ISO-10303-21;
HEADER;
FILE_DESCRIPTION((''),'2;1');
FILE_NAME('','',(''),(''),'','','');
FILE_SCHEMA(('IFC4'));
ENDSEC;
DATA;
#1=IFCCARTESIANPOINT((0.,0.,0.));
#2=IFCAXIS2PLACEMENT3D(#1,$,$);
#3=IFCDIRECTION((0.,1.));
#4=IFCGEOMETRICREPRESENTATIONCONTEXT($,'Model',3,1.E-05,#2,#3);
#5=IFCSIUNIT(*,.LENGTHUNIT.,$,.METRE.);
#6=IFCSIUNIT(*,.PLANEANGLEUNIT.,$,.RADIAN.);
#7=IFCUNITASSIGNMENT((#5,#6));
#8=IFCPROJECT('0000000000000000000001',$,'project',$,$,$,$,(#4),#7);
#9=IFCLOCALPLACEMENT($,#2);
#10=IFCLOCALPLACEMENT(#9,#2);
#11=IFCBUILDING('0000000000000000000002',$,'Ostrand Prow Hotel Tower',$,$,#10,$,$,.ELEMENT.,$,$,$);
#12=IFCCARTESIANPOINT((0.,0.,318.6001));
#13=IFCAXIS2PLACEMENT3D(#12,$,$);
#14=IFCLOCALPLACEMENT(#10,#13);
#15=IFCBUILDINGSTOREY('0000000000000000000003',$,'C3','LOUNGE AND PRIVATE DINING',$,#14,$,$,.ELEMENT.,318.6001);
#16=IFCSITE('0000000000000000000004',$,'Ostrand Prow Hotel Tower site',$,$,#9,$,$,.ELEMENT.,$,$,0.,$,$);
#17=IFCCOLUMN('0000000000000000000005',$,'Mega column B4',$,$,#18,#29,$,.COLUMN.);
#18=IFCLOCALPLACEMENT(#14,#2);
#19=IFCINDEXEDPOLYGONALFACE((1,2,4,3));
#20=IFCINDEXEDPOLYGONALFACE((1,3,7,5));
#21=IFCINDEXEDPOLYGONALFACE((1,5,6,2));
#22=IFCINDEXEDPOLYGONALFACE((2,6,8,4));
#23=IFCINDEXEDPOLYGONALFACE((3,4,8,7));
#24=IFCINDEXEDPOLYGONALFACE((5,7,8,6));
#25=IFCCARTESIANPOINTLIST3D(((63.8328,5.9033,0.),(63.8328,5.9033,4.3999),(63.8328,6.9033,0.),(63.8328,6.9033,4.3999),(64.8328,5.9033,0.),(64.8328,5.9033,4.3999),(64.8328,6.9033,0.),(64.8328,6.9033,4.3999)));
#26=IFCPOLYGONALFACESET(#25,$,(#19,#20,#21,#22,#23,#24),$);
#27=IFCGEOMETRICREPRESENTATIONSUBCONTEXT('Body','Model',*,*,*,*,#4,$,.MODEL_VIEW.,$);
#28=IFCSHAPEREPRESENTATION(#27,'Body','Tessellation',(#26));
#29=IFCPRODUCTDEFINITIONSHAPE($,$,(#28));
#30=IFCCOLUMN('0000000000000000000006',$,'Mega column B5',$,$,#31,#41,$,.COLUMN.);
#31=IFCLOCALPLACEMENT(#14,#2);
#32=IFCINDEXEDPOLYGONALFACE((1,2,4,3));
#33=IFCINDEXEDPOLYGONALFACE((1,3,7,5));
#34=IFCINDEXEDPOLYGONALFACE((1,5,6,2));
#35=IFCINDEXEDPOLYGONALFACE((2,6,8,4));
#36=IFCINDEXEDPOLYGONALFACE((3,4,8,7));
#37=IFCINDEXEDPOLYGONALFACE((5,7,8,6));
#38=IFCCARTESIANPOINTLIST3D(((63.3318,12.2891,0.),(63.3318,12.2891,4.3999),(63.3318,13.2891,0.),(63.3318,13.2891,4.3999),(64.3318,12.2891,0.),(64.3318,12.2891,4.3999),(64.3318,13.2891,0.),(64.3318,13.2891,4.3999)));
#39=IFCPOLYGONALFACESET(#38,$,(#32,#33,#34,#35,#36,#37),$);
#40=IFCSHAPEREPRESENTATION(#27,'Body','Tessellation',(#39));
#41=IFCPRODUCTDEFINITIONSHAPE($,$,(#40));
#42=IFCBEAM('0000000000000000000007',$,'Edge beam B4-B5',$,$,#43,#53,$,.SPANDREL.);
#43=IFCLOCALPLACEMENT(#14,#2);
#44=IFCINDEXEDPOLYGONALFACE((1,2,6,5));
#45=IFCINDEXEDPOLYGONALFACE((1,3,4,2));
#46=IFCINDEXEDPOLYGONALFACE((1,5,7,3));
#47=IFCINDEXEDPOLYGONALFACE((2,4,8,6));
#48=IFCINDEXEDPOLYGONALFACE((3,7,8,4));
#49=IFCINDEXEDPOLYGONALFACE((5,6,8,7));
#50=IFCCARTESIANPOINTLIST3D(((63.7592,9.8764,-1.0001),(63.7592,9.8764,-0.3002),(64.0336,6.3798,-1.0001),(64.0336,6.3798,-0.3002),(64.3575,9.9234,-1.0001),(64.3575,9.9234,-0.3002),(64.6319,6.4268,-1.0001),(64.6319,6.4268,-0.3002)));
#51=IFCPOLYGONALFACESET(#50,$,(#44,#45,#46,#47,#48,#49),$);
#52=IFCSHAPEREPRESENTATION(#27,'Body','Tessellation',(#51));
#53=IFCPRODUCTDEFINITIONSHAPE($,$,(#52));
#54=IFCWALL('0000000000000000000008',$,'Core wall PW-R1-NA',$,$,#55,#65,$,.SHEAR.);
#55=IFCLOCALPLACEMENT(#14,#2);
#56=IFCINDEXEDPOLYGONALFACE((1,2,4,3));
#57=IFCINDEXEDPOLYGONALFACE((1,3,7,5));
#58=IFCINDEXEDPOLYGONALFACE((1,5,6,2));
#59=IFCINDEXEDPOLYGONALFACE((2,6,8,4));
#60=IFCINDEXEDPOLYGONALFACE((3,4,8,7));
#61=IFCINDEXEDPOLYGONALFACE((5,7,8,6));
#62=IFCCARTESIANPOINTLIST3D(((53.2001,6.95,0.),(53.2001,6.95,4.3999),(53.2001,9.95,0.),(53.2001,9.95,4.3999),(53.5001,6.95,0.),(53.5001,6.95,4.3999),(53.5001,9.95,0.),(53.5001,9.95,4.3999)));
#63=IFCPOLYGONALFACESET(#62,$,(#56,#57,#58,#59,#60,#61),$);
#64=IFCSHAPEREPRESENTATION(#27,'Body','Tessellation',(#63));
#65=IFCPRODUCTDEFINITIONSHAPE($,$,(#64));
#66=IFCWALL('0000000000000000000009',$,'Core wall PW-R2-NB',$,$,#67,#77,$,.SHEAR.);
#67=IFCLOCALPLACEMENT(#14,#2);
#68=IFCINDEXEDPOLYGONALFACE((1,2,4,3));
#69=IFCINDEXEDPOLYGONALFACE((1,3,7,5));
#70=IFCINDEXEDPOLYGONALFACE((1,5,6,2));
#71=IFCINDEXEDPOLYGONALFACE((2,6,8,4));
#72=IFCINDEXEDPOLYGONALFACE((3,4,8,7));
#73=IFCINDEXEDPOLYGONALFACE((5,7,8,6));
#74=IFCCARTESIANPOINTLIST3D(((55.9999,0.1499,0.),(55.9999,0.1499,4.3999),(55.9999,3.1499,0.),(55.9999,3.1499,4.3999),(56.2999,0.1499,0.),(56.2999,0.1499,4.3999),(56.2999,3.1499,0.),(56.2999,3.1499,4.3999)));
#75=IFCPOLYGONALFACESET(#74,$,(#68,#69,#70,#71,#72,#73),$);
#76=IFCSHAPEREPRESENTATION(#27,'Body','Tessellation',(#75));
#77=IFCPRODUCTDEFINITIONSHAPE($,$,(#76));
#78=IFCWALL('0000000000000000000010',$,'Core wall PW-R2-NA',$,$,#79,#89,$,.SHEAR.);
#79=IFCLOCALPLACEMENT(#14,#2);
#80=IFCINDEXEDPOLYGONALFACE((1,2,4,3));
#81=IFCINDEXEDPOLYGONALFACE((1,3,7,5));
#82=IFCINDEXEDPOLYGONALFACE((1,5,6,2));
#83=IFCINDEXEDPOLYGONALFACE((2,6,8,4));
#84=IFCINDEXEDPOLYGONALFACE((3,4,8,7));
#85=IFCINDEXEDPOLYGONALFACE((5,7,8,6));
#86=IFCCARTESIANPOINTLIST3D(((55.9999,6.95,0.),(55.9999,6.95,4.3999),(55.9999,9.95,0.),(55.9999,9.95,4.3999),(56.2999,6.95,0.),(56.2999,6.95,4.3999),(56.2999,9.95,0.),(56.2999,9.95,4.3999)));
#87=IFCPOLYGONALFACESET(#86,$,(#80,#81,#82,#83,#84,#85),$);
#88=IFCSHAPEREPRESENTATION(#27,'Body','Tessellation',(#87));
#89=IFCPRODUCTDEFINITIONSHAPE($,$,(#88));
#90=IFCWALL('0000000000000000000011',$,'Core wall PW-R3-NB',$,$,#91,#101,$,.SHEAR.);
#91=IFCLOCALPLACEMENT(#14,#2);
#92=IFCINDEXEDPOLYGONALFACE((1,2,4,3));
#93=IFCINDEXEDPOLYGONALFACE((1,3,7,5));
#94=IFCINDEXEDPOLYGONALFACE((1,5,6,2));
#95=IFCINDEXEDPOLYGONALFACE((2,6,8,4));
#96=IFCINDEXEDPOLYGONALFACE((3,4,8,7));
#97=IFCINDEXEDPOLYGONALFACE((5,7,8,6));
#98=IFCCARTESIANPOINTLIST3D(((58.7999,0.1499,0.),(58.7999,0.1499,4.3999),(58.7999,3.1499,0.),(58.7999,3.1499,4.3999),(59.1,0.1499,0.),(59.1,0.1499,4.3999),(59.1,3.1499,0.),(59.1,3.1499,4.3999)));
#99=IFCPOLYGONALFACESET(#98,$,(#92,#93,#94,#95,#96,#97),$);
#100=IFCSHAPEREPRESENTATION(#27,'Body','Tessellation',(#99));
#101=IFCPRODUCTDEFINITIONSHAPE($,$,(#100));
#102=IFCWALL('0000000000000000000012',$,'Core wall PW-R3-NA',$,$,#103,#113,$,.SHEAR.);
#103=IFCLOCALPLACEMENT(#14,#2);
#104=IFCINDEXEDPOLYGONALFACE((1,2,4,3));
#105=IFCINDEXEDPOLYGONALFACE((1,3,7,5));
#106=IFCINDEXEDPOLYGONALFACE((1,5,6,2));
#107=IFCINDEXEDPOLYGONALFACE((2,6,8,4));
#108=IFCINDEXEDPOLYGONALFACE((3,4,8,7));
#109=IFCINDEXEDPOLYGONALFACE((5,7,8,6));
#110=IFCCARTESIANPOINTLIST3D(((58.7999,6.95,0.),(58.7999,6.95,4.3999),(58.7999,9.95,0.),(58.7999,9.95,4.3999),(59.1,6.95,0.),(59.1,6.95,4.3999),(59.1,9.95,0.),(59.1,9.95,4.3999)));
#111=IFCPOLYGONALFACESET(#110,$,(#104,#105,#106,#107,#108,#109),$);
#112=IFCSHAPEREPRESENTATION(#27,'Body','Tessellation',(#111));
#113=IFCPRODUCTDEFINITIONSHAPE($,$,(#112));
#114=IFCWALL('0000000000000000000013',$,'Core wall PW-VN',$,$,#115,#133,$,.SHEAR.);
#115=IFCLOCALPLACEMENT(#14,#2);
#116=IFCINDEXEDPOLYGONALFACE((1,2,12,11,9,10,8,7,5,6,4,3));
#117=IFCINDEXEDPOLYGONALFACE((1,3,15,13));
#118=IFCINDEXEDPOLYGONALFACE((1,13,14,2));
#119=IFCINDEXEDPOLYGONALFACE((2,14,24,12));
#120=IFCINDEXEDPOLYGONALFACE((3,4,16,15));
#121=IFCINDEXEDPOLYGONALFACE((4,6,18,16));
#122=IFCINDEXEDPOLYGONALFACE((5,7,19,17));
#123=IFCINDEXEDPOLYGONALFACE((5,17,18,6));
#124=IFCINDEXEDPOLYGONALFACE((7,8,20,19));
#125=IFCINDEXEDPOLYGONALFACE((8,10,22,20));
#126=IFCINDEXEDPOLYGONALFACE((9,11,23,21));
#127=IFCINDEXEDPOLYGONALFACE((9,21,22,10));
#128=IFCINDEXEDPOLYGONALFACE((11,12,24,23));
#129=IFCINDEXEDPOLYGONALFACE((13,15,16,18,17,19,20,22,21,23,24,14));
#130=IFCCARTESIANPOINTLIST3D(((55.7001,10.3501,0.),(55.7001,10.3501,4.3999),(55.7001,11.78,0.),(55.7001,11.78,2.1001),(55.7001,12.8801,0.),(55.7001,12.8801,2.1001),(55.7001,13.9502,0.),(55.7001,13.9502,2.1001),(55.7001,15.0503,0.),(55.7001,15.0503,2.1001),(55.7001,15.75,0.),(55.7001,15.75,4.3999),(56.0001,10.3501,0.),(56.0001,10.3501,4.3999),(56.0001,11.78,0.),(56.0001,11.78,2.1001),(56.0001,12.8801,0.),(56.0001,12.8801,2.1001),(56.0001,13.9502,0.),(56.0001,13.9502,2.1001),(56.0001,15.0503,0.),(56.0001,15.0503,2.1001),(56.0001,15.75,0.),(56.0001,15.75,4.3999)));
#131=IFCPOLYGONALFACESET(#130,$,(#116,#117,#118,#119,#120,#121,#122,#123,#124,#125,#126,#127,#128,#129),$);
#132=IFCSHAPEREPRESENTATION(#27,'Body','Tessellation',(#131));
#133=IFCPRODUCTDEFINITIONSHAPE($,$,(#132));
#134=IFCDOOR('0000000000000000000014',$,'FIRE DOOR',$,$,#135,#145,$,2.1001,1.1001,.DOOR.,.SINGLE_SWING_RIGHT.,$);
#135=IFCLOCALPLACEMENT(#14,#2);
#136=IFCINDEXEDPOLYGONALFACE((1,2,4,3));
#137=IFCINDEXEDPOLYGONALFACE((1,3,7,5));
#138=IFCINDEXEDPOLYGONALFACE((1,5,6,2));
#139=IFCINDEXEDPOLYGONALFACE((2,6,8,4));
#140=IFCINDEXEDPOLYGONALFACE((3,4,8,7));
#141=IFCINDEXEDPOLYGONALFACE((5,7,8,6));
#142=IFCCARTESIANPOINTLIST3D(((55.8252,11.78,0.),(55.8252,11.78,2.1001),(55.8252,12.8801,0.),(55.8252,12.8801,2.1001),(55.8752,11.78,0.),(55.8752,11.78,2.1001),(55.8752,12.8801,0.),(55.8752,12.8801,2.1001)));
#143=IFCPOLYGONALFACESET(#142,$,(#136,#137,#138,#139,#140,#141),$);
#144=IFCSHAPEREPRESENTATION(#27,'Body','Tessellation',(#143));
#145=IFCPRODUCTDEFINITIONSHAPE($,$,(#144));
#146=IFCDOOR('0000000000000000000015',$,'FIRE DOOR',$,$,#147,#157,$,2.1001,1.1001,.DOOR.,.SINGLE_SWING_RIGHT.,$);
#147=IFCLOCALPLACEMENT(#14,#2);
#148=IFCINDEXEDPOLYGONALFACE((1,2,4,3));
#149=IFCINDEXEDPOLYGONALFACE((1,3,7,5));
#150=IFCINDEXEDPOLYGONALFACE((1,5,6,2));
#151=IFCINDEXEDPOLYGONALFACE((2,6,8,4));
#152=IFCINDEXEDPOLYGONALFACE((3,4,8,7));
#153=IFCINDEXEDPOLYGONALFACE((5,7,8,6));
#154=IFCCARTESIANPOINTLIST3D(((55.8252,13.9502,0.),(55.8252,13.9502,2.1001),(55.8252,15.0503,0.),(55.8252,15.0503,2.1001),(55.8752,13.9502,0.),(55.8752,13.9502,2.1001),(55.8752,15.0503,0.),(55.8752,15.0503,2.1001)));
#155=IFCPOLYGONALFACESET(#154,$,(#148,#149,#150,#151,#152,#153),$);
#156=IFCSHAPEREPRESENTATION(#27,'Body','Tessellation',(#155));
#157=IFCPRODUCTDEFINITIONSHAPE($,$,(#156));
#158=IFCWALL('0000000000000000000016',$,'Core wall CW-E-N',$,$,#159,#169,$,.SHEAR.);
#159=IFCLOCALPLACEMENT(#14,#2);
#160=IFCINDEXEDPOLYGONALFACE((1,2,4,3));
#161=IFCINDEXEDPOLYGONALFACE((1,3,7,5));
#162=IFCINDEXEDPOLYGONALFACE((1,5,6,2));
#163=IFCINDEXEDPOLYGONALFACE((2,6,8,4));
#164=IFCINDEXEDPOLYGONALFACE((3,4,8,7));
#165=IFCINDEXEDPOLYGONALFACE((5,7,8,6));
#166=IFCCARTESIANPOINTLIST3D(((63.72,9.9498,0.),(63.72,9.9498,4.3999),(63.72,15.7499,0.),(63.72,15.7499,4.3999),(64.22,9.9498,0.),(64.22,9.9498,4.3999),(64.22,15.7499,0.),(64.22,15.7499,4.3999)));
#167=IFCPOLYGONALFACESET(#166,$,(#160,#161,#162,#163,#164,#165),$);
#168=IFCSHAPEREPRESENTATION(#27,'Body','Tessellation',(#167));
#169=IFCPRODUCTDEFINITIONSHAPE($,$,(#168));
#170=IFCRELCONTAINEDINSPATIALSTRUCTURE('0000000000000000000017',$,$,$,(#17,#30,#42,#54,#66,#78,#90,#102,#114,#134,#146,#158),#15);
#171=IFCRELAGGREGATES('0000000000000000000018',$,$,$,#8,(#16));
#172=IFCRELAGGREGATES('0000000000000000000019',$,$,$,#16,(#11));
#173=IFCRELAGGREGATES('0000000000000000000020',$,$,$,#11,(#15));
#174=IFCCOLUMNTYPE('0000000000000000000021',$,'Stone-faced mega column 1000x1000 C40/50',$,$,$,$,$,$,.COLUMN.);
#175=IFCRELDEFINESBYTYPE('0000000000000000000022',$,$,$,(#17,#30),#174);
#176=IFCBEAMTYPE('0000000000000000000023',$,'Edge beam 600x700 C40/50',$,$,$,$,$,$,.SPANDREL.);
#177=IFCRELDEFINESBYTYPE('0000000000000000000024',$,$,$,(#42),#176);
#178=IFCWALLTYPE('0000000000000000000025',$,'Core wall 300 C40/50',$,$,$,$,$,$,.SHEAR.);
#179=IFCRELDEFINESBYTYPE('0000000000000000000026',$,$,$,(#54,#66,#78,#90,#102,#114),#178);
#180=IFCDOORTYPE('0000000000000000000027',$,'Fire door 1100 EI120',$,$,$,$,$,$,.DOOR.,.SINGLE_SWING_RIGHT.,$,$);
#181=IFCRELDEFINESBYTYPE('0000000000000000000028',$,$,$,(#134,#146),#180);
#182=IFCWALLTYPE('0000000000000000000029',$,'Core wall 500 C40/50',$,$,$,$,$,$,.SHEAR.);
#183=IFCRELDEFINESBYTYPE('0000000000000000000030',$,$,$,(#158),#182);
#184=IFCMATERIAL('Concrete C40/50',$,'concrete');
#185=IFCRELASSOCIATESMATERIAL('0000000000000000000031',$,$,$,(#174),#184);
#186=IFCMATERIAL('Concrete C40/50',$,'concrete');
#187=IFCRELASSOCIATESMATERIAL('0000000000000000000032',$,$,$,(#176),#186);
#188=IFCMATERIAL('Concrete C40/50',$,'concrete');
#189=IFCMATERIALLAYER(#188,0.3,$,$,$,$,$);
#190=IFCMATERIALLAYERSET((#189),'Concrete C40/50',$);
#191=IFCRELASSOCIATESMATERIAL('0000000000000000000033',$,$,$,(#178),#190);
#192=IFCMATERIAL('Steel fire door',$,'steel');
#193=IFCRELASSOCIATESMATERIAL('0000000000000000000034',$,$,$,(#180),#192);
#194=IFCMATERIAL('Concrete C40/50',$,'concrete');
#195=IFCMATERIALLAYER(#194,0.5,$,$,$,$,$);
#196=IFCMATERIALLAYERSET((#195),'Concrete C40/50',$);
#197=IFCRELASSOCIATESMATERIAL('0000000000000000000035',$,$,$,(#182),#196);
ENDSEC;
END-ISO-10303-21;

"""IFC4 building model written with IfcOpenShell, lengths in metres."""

from ifc_helpers import new_model, si_unit, direction, frame, frame_2d, origin, origin_2d, place, context, subcontext, project, spatial, rectangle, extrude, material, layer, layer_set, material_profile, profile_set, type_object, element, fill, save


model = new_model("IFC4")

# Units and contexts
model_context = context("Model", 3, precision=1e-05, world=origin(), true_north=direction((0.0, 1.0)))
body_context = subcontext(model_context, "Body", "Model", "MODEL_VIEW")
ifc_project = project(units=[si_unit("LENGTHUNIT", "METRE"), si_unit("PLANEANGLEUNIT", "RADIAN")], contexts=[model_context])

# Site, building, storey
site_placement = place(None, origin())
site = spatial("IfcSite", under=ifc_project, at=site_placement, Name="Ostrand Prow Hotel Tower site", CompositionType="ELEMENT", RefElevation=0.0)
building_placement = place(site_placement, origin())
building = spatial("IfcBuilding", under=site, at=building_placement, Name="Ostrand Prow Hotel Tower", CompositionType="ELEMENT")
storey_placement = place(building_placement, frame((0.0, 0.0, 318.6001)))
storey = spatial("IfcBuildingStorey", under=building, at=storey_placement, Name="C3", Description="LOUNGE AND PRIVATE DINING", CompositionType="ELEMENT", Elevation=318.6001)

# Columns
ifc_material_1 = material(Name="Concrete C40/50", Category="concrete")
ifc_material_profile_1 = material_profile(ifc_material_1, rectangle(XDim=1.0, YDim=1.0, at=origin_2d()), Name="RC 1000x1000")
ifc_profile_set_1 = profile_set([ifc_material_profile_1], Name="Concrete C40/50")
column_type = type_object("IfcColumnType", Name="Stone-faced mega column 1000x1000 C40/50", PredefinedType="COLUMN", material=ifc_profile_set_1)
for number, where, z_axis, x_axis, name in (
    (1, (64.3328, 6.4033, 0.0), (0.0, 0.0, 1.0), (1.0, 0.0, 0.0), "Mega column B4"),
    (2, (63.8318, 12.7891, 0.0), (0.0, 0.0, 1.0), (1.0, 0.0, 0.0), "Mega column B5"),
):
    element("IfcColumn", number, at=place(storey_placement, frame(where, z_axis=z_axis, x_axis=x_axis)), inside=storey, type_object=column_type, Name=name, PredefinedType="COLUMN", context=body_context, shape_type="SweptSolid", body=[
        extrude(rectangle(XDim=1.0, YDim=1.0, at=origin_2d()), origin(), (0.0, 0.0, 1.0), 4.3999),
    ])

# Beam
ifc_material_2 = material(Name="Concrete C40/50", Category="concrete")
ifc_material_profile_2 = material_profile(ifc_material_2, rectangle(XDim=0.6001, YDim=0.7, at=origin_2d()), Name="RC 600x700")
ifc_profile_set_2 = profile_set([ifc_material_profile_2], Name="Concrete C40/50")
beam_type = type_object("IfcBeamType", Name="Edge beam 600x700 C40/50", PredefinedType="SPANDREL", material=ifc_profile_set_2)
beam_placement = place(storey_placement, frame((64.3328, 6.4033, -0.6501), z_axis=(-0.07824, 0.996935, 0.0), x_axis=(-0.996935, -0.07824, 0.0)))
element("IfcBeam", 3, at=beam_placement, inside=storey, type_object=beam_type, Name="Edge beam B4-B5", PredefinedType="SPANDREL", context=body_context, shape_type="SweptSolid", body=[
    extrude(rectangle(XDim=0.6001, YDim=0.7, at=origin_2d()), origin(), (0.0, 0.0, 1.0), 3.5073),
])

# Walls
ifc_material_3 = material(Name="Concrete C40/50", Category="concrete")
ifc_layer_1 = layer(ifc_material_3, 0.3)
ifc_layer_set_1 = layer_set([ifc_layer_1], Name="Concrete C40/50")
wall_type_1 = type_object("IfcWallType", Name="Core wall 300 C40/50", PredefinedType="SHEAR", material=ifc_layer_set_1)
for number, where, z_axis, x_axis, name in (
    (4, (53.3501, 6.95, 0.0), (0.0, 0.0, 1.0), (0.0, 1.0, 0.0), "Core wall PW-R1-NA"),
    (5, (56.1499, 0.1499, 0.0), (0.0, 0.0, 1.0), (0.0, 1.0, 0.0), "Core wall PW-R2-NB"),
    (6, (56.1499, 6.95, 0.0), (0.0, 0.0, 1.0), (0.0, 1.0, 0.0), "Core wall PW-R2-NA"),
    (7, (58.95, 0.1499, 0.0), (0.0, 0.0, 1.0), (0.0, 1.0, 0.0), "Core wall PW-R3-NB"),
    (8, (58.95, 6.95, 0.0), (0.0, 0.0, 1.0), (0.0, 1.0, 0.0), "Core wall PW-R3-NA"),
):
    element("IfcWall", number, at=place(storey_placement, frame(where, z_axis=z_axis, x_axis=x_axis)), inside=storey, type_object=wall_type_1, Name=name, PredefinedType="SHEAR", context=body_context, shape_type="SweptSolid", body=[
        extrude(rectangle(XDim=3.0, YDim=0.3, at=frame_2d((1.5, 0.0))), origin(), (0.0, 0.0, 1.0), 4.3999),
    ])

# Wall, openings, doors
wall_1_placement = place(storey_placement, frame((55.8501, 10.3501, 0.0), z_axis=(0.0, 0.0, 1.0), x_axis=(0.0, 1.0, 0.0)))
wall_1 = element("IfcWall", 9, at=wall_1_placement, inside=storey, type_object=wall_type_1, Name="Core wall PW-VN", PredefinedType="SHEAR", context=body_context, shape_type="SweptSolid", body=[
    extrude(rectangle(XDim=5.3999, YDim=0.3, at=frame_2d((2.7, 0.0))), origin(), (0.0, 0.0, 1.0), 4.3999),
])
opening_1_placement = place(wall_1_placement, frame((1.4299, 0.0, 0.0)))
opening_1 = element("IfcOpeningElement", 10, at=opening_1_placement, cuts=wall_1, PredefinedType="OPENING", context=body_context, shape_type="SweptSolid", body=[
    extrude(rectangle(XDim=1.1001, YDim=2.1001, at=frame_2d((0.55, 1.05))), frame((0.0, 0.1599, 0.0), z_axis=(0.0, -1.0, 0.0), x_axis=(1.0, 0.0, 0.0)), (0.0, 0.0, 1.0), 0.3201),
])
opening_2_placement = place(wall_1_placement, frame((3.6001, 0.0, 0.0)))
opening_2 = element("IfcOpeningElement", 11, at=opening_2_placement, cuts=wall_1, PredefinedType="OPENING", context=body_context, shape_type="SweptSolid", body=[
    extrude(rectangle(XDim=1.1001, YDim=2.1001, at=frame_2d((0.55, 1.05))), frame((0.0, 0.1599, 0.0), z_axis=(0.0, -1.0, 0.0), x_axis=(1.0, 0.0, 0.0)), (0.0, 0.0, 1.0), 0.3201),
])
ifc_material_4 = material(Name="Steel fire door", Category="steel")
door_type = type_object("IfcDoorType", Name="Fire door 1100 EI120", OperationType="SINGLE_SWING_RIGHT", PredefinedType="DOOR", material=ifc_material_4)
door_1_placement = place(opening_1_placement, origin())
door_1 = element("IfcDoor", 12, at=door_1_placement, inside=storey, type_object=door_type, Name="FIRE DOOR", OperationType="SINGLE_SWING_RIGHT", OverallHeight=2.1001, OverallWidth=1.1001, PredefinedType="DOOR", context=body_context, shape_type="SweptSolid", body=[
    extrude(rectangle(XDim=1.1001, YDim=2.1001, at=frame_2d((0.55, 1.05))), frame((0.0, 0.0249, 0.0), z_axis=(0.0, -1.0, 0.0), x_axis=(1.0, 0.0, 0.0)), (0.0, 0.0, 1.0), 0.05),
])
fill(opening_1, door_1)
door_2_placement = place(opening_2_placement, origin())
door_2 = element("IfcDoor", 13, at=door_2_placement, inside=storey, type_object=door_type, Name="FIRE DOOR", OperationType="SINGLE_SWING_RIGHT", OverallHeight=2.1001, OverallWidth=1.1001, PredefinedType="DOOR", context=body_context, shape_type="SweptSolid", body=[
    extrude(rectangle(XDim=1.1001, YDim=2.1001, at=frame_2d((0.55, 1.05))), frame((0.0, 0.0249, 0.0), z_axis=(0.0, -1.0, 0.0), x_axis=(1.0, 0.0, 0.0)), (0.0, 0.0, 1.0), 0.05),
])
fill(opening_2, door_2)

# Wall
ifc_material_5 = material(Name="Concrete C40/50", Category="concrete")
ifc_layer_2 = layer(ifc_material_5, 0.5)
ifc_layer_set_2 = layer_set([ifc_layer_2], Name="Concrete C40/50")
wall_type_2 = type_object("IfcWallType", Name="Core wall 500 C40/50", PredefinedType="SHEAR", material=ifc_layer_set_2)
wall_2_placement = place(storey_placement, frame((63.97, 9.95, 0.0), z_axis=(0.0, 0.0, 1.0), x_axis=(0.0, 1.0, 0.0)))
element("IfcWall", 14, at=wall_2_placement, inside=storey, type_object=wall_type_2, Name="Core wall CW-E-N", PredefinedType="SHEAR", context=body_context, shape_type="SweptSolid", body=[
    extrude(rectangle(XDim=5.8, YDim=0.5, at=frame_2d((2.8999, 0.0))), origin(), (0.0, 0.0, 1.0), 4.3999),
])

save(model, "model.ifc")
